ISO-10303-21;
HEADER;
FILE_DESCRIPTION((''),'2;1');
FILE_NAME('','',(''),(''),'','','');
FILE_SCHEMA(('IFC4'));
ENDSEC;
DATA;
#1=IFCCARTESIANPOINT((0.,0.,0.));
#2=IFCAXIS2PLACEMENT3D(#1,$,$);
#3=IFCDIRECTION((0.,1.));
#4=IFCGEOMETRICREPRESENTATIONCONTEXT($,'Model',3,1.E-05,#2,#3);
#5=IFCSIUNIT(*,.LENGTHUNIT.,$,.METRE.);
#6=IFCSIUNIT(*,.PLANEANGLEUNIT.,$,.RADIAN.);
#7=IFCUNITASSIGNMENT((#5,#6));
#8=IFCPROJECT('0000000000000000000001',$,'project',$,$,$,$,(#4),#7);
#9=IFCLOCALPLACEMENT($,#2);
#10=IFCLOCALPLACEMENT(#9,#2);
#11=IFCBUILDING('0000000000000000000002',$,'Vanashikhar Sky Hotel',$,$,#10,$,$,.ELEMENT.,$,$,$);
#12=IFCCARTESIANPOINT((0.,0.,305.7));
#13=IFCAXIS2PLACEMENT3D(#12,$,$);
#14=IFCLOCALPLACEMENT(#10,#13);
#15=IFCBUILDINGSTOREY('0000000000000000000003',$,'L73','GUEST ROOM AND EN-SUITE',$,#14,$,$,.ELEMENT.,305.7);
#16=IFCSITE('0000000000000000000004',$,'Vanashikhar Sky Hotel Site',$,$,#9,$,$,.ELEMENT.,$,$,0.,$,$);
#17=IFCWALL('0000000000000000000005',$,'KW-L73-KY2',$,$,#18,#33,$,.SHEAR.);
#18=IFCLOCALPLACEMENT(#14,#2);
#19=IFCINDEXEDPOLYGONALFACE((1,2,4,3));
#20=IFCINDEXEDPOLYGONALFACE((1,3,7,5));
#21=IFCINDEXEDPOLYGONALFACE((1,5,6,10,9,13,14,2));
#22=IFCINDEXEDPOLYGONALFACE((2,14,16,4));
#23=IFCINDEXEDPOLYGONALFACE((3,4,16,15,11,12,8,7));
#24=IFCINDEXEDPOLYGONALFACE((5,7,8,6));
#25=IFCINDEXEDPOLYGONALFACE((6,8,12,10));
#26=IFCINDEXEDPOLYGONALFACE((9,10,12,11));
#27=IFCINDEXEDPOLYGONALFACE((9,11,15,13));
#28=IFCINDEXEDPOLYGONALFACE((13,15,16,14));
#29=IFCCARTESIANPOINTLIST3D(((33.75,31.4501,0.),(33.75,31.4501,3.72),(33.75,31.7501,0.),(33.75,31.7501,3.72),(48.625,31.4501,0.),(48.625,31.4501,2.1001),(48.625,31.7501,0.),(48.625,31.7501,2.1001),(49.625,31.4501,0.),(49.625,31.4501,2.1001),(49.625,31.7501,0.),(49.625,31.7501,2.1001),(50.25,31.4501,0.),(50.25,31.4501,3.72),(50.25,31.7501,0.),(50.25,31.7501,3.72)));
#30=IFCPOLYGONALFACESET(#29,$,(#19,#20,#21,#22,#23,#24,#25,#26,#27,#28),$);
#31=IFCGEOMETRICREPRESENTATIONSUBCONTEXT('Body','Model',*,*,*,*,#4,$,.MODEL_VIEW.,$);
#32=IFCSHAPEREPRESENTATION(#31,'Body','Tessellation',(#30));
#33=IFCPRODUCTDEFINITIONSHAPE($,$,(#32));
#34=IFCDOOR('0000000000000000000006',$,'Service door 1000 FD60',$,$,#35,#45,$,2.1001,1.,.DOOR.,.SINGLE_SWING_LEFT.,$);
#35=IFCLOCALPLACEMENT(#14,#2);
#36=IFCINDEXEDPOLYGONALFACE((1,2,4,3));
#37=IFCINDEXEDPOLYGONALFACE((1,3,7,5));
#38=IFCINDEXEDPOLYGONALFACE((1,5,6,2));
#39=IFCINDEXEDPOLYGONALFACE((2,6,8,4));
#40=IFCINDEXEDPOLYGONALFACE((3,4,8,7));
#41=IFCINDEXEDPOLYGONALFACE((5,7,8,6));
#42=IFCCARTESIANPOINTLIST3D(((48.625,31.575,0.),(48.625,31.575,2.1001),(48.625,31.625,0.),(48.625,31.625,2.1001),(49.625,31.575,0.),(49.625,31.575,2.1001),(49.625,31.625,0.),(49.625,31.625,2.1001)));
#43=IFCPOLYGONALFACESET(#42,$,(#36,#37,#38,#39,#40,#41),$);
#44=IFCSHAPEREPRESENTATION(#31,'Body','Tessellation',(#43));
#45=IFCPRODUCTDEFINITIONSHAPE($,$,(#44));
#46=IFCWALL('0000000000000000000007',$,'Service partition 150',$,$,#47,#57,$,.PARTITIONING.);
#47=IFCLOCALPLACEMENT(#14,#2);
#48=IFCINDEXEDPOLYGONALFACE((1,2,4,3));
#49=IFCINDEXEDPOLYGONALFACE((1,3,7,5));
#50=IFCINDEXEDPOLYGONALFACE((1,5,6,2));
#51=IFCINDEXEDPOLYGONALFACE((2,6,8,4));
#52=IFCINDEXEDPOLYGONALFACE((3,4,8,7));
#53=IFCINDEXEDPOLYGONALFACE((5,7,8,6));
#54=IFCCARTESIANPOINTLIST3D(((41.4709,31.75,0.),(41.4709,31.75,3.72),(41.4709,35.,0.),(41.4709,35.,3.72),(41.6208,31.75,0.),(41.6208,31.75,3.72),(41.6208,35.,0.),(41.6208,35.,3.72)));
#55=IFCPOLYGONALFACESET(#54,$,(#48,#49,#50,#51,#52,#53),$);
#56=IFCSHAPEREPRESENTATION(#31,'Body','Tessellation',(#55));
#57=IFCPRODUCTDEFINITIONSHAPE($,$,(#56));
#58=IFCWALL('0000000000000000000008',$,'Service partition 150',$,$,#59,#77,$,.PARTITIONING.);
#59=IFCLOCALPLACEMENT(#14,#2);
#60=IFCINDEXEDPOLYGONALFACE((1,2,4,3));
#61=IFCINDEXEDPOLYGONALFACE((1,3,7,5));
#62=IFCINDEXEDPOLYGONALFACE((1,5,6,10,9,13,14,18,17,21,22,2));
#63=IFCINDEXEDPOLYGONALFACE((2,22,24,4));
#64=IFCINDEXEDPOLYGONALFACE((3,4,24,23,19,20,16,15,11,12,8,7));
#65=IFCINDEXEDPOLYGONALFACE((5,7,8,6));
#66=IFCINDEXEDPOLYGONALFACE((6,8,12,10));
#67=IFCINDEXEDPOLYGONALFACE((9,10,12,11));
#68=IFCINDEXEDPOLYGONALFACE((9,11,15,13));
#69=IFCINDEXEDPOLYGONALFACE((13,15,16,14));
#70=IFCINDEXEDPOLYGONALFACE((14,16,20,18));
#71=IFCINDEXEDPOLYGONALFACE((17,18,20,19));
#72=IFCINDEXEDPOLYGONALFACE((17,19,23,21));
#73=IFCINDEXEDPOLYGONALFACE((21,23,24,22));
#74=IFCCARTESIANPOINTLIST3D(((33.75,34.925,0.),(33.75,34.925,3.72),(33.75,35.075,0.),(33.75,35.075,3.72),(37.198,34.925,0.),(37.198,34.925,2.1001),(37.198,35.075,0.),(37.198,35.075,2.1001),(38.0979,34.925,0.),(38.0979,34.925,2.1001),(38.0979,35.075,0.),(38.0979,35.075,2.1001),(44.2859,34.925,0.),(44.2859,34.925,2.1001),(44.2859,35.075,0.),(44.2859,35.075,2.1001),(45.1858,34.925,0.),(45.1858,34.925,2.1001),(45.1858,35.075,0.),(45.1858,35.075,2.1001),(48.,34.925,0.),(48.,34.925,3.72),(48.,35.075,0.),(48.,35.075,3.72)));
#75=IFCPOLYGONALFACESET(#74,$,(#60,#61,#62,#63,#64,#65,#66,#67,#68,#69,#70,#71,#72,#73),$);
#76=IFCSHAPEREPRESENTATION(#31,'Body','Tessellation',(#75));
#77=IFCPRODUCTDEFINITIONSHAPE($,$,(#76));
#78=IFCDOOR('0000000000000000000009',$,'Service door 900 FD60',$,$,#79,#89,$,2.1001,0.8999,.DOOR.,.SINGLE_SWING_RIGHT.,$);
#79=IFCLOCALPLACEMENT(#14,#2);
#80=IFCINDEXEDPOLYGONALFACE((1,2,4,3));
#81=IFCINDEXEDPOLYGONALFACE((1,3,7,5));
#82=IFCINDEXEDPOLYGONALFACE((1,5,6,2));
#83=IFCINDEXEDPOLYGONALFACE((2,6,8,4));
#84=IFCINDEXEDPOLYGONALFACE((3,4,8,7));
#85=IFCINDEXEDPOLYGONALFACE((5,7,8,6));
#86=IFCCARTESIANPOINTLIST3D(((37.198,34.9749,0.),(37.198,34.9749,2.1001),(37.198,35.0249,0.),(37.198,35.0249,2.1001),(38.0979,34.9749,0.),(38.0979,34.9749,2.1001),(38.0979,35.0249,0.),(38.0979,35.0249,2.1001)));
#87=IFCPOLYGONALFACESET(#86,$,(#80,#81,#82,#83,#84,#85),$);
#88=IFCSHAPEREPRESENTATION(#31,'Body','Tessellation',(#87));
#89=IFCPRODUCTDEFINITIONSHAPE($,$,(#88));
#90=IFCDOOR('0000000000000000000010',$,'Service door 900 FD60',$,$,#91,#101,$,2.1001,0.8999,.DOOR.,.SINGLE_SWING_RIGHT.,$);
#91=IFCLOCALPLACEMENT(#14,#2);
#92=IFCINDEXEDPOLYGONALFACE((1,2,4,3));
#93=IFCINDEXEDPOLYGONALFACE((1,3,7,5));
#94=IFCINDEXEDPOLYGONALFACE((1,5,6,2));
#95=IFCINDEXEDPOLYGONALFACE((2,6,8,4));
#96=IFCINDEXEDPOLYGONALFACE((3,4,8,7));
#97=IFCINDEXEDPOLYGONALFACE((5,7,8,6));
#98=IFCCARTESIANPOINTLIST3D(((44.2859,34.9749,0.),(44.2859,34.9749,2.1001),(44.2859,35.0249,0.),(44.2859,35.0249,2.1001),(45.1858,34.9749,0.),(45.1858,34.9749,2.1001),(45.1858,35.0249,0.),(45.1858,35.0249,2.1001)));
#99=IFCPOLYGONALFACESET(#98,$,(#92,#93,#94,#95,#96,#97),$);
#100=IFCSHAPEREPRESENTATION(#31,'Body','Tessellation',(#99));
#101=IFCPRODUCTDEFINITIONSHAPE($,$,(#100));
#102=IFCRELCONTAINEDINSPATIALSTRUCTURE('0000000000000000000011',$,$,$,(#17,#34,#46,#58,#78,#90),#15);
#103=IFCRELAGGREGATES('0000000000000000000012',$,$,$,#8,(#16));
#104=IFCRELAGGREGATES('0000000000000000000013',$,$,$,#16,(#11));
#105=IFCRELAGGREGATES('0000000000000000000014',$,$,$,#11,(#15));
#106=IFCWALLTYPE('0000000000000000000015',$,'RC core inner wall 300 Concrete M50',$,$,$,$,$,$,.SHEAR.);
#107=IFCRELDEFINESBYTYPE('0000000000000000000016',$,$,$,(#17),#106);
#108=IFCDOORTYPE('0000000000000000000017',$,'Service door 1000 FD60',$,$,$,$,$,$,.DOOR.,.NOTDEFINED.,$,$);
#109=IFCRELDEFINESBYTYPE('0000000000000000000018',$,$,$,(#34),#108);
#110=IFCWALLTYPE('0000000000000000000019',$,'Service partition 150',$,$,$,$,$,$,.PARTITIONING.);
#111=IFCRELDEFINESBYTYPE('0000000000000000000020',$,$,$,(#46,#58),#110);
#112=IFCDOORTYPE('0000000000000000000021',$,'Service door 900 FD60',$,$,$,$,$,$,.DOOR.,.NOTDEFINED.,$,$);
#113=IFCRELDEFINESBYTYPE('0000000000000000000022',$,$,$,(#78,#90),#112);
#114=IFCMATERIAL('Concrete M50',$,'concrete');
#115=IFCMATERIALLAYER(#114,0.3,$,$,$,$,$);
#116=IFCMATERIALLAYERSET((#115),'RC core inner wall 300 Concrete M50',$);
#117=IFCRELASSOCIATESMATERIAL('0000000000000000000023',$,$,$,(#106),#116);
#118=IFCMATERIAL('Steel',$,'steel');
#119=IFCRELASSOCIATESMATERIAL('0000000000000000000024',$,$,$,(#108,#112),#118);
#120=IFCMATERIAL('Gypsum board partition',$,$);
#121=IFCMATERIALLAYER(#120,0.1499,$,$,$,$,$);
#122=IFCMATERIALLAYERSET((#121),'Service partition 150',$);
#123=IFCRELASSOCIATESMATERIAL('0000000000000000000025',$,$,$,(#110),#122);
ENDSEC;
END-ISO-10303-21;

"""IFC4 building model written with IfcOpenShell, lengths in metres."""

from ifc_helpers import new_model, si_unit, direction, frame, frame_2d, origin, place, context, subcontext, project, spatial, rectangle, extrude, source, transform, mapped, material, layer, layer_set, type_object, element, fill, save


model = new_model("IFC4")

# Units and contexts
model_context = context("Model", 3, precision=1e-05, world=origin(), true_north=direction((0.0, 1.0)))
body_context = subcontext(model_context, "Body", "Model", "MODEL_VIEW")
ifc_project = project(units=[si_unit("LENGTHUNIT", "METRE"), si_unit("PLANEANGLEUNIT", "RADIAN")], contexts=[model_context])

# Site, building, storey
site_placement = place(None, origin())
site = spatial("IfcSite", under=ifc_project, at=site_placement, Name="Vanashikhar Sky Hotel Site", CompositionType="ELEMENT", RefElevation=0.0)
building_placement = place(site_placement, origin())
building = spatial("IfcBuilding", under=site, at=building_placement, Name="Vanashikhar Sky Hotel", CompositionType="ELEMENT")
storey_placement = place(building_placement, frame((0.0, 0.0, 305.7)))
storey = spatial("IfcBuildingStorey", under=building, at=storey_placement, Name="L73", Description="GUEST ROOM AND EN-SUITE", CompositionType="ELEMENT", Elevation=305.7)

# Wall, opening, door
ifc_material_1 = material(Name="Concrete M50", Category="concrete")
ifc_layer_1 = layer(ifc_material_1, 0.3)
ifc_layer_set_1 = layer_set([ifc_layer_1], Name="RC core inner wall 300 Concrete M50")
wall_type_1 = type_object("IfcWallType", Name="RC core inner wall 300 Concrete M50", PredefinedType="SHEAR", material=ifc_layer_set_1)
shared_shape_1 = source(origin(), body_context, "Body", "SweptSolid", [
    extrude(rectangle(XDim=16.5, YDim=0.3, at=frame_2d((8.25, 0.0))), origin(), (0.0, 0.0, 1.0), 3.72),
])
wall_1_placement = place(storey_placement, frame((33.75, 31.6001, 0.0), z_axis=(0.0, 0.0, 1.0), x_axis=(1.0, 0.0, 0.0)))
wall_1 = element("IfcWall", 1, at=wall_1_placement, inside=storey, type_object=wall_type_1, Name="KW-L73-KY2", PredefinedType="SHEAR", context=body_context, shape_type="MappedRepresentation", body=[
    mapped(shared_shape_1, transform((0.0, 0.0, 0.0), scale=1.0)),
])
shared_shape_2 = source(origin(), body_context, "Body", "SweptSolid", [
    extrude(rectangle(XDim=1.0, YDim=2.1001, at=frame_2d((0.5, 1.05))), frame((0.0, 0.1602, 0.0), z_axis=(0.0, -1.0, 0.0), x_axis=(1.0, 0.0, 0.0)), (0.0, 0.0, 1.0), 0.3201),
])
opening_1_placement = place(wall_1_placement, frame((14.875, 0.0, 0.0)))
opening_1 = element("IfcOpeningElement", 2, at=opening_1_placement, cuts=wall_1, PredefinedType="OPENING", context=body_context, shape_type="MappedRepresentation", body=[
    mapped(shared_shape_2, transform((0.0, 0.0, 0.0), scale=1.0)),
])
ifc_material_2 = material(Name="Steel", Category="steel")
door_type_1 = type_object("IfcDoorType", Name="Service door 1000 FD60", OperationType="NOTDEFINED", PredefinedType="DOOR", material=ifc_material_2)
shared_shape_3 = source(origin(), body_context, "Body", "SweptSolid", [
    extrude(rectangle(XDim=1.0, YDim=2.1001, at=frame_2d((0.5, 1.05))), frame((0.0, 0.0249, 0.0), z_axis=(0.0, -1.0, 0.0), x_axis=(1.0, 0.0, 0.0)), (0.0, 0.0, 1.0), 0.05),
])
door_1_placement = place(opening_1_placement, origin())
door_1 = element("IfcDoor", 3, at=door_1_placement, inside=storey, type_object=door_type_1, Name="Service door 1000 FD60", OperationType="SINGLE_SWING_LEFT", OverallHeight=2.1001, OverallWidth=1.0, PredefinedType="DOOR", context=body_context, shape_type="MappedRepresentation", body=[
    mapped(shared_shape_3, transform((0.0, 0.0, 0.0), scale=1.0)),
])
fill(opening_1, door_1)

# Wall
ifc_material_3 = material(Name="Gypsum board partition")
ifc_layer_2 = layer(ifc_material_3, 0.1499)
ifc_layer_set_2 = layer_set([ifc_layer_2], Name="Service partition 150")
wall_type_2 = type_object("IfcWallType", Name="Service partition 150", PredefinedType="PARTITIONING", material=ifc_layer_set_2)
shared_shape_4 = source(origin(), body_context, "Body", "SweptSolid", [
    extrude(rectangle(XDim=3.25, YDim=0.1499, at=frame_2d((1.625, 0.0))), origin(), (0.0, 0.0, 1.0), 3.72),
])
wall_2_placement = place(storey_placement, frame((41.5459, 31.75, 0.0), z_axis=(0.0, 0.0, 1.0), x_axis=(0.0, 1.0, 0.0)))
element("IfcWall", 4, at=wall_2_placement, inside=storey, type_object=wall_type_2, Name="Service partition 150", PredefinedType="PARTITIONING", context=body_context, shape_type="MappedRepresentation", body=[
    mapped(shared_shape_4, transform((0.0, 0.0, 0.0), scale=1.0)),
])

# Wall, openings, doors
shared_shape_5 = source(origin(), body_context, "Body", "SweptSolid", [
    extrude(rectangle(XDim=14.25, YDim=0.1499, at=frame_2d((7.125, 0.0))), origin(), (0.0, 0.0, 1.0), 3.72),
])
wall_3_placement = place(storey_placement, frame((33.75, 35.0, 0.0), z_axis=(0.0, 0.0, 1.0), x_axis=(1.0, 0.0, 0.0)))
wall_3 = element("IfcWall", 5, at=wall_3_placement, inside=storey, type_object=wall_type_2, Name="Service partition 150", PredefinedType="PARTITIONING", context=body_context, shape_type="MappedRepresentation", body=[
    mapped(shared_shape_5, transform((0.0, 0.0, 0.0), scale=1.0)),
])
shared_shape_6 = source(origin(), body_context, "Body", "SweptSolid", [
    extrude(rectangle(XDim=0.8999, YDim=2.1001, at=frame_2d((0.45, 1.05))), frame((0.0, 0.085, 0.0), z_axis=(0.0, -1.0, 0.0), x_axis=(1.0, 0.0, 0.0)), (0.0, 0.0, 1.0), 0.1699),
])
opening_2_placement = place(wall_3_placement, frame((3.448, 0.0, 0.0)))
opening_2 = element("IfcOpeningElement", 6, at=opening_2_placement, cuts=wall_3, PredefinedType="OPENING", context=body_context, shape_type="MappedRepresentation", body=[
    mapped(shared_shape_6, transform((0.0, 0.0, 0.0), scale=1.0)),
])
opening_3_placement = place(wall_3_placement, frame((10.5359, 0.0, 0.0)))
opening_3 = element("IfcOpeningElement", 7, at=opening_3_placement, cuts=wall_3, PredefinedType="OPENING", context=body_context, shape_type="MappedRepresentation", body=[
    mapped(shared_shape_6, transform((0.0, 0.0, 0.0), scale=1.0)),
])
door_type_2 = type_object("IfcDoorType", Name="Service door 900 FD60", OperationType="NOTDEFINED", PredefinedType="DOOR", material=ifc_material_2)
shared_shape_7 = source(origin(), body_context, "Body", "SweptSolid", [
    extrude(rectangle(XDim=0.8999, YDim=2.1001, at=frame_2d((0.45, 1.05))), frame((0.0, 0.0249, 0.0), z_axis=(0.0, -1.0, 0.0), x_axis=(1.0, 0.0, 0.0)), (0.0, 0.0, 1.0), 0.05),
])
door_2_placement = place(opening_2_placement, origin())
door_2 = element("IfcDoor", 8, at=door_2_placement, inside=storey, type_object=door_type_2, Name="Service door 900 FD60", OperationType="SINGLE_SWING_RIGHT", OverallHeight=2.1001, OverallWidth=0.8999, PredefinedType="DOOR", context=body_context, shape_type="MappedRepresentation", body=[
    mapped(shared_shape_7, transform((0.0, 0.0, 0.0), scale=1.0)),
])
fill(opening_2, door_2)
door_3_placement = place(opening_3_placement, origin())
door_3 = element("IfcDoor", 9, at=door_3_placement, inside=storey, type_object=door_type_2, Name="Service door 900 FD60", OperationType="SINGLE_SWING_RIGHT", OverallHeight=2.1001, OverallWidth=0.8999, PredefinedType="DOOR", context=body_context, shape_type="MappedRepresentation", body=[
    mapped(shared_shape_7, transform((0.0, 0.0, 0.0), scale=1.0)),
])
fill(opening_3, door_3)

save(model, "model.ifc")
